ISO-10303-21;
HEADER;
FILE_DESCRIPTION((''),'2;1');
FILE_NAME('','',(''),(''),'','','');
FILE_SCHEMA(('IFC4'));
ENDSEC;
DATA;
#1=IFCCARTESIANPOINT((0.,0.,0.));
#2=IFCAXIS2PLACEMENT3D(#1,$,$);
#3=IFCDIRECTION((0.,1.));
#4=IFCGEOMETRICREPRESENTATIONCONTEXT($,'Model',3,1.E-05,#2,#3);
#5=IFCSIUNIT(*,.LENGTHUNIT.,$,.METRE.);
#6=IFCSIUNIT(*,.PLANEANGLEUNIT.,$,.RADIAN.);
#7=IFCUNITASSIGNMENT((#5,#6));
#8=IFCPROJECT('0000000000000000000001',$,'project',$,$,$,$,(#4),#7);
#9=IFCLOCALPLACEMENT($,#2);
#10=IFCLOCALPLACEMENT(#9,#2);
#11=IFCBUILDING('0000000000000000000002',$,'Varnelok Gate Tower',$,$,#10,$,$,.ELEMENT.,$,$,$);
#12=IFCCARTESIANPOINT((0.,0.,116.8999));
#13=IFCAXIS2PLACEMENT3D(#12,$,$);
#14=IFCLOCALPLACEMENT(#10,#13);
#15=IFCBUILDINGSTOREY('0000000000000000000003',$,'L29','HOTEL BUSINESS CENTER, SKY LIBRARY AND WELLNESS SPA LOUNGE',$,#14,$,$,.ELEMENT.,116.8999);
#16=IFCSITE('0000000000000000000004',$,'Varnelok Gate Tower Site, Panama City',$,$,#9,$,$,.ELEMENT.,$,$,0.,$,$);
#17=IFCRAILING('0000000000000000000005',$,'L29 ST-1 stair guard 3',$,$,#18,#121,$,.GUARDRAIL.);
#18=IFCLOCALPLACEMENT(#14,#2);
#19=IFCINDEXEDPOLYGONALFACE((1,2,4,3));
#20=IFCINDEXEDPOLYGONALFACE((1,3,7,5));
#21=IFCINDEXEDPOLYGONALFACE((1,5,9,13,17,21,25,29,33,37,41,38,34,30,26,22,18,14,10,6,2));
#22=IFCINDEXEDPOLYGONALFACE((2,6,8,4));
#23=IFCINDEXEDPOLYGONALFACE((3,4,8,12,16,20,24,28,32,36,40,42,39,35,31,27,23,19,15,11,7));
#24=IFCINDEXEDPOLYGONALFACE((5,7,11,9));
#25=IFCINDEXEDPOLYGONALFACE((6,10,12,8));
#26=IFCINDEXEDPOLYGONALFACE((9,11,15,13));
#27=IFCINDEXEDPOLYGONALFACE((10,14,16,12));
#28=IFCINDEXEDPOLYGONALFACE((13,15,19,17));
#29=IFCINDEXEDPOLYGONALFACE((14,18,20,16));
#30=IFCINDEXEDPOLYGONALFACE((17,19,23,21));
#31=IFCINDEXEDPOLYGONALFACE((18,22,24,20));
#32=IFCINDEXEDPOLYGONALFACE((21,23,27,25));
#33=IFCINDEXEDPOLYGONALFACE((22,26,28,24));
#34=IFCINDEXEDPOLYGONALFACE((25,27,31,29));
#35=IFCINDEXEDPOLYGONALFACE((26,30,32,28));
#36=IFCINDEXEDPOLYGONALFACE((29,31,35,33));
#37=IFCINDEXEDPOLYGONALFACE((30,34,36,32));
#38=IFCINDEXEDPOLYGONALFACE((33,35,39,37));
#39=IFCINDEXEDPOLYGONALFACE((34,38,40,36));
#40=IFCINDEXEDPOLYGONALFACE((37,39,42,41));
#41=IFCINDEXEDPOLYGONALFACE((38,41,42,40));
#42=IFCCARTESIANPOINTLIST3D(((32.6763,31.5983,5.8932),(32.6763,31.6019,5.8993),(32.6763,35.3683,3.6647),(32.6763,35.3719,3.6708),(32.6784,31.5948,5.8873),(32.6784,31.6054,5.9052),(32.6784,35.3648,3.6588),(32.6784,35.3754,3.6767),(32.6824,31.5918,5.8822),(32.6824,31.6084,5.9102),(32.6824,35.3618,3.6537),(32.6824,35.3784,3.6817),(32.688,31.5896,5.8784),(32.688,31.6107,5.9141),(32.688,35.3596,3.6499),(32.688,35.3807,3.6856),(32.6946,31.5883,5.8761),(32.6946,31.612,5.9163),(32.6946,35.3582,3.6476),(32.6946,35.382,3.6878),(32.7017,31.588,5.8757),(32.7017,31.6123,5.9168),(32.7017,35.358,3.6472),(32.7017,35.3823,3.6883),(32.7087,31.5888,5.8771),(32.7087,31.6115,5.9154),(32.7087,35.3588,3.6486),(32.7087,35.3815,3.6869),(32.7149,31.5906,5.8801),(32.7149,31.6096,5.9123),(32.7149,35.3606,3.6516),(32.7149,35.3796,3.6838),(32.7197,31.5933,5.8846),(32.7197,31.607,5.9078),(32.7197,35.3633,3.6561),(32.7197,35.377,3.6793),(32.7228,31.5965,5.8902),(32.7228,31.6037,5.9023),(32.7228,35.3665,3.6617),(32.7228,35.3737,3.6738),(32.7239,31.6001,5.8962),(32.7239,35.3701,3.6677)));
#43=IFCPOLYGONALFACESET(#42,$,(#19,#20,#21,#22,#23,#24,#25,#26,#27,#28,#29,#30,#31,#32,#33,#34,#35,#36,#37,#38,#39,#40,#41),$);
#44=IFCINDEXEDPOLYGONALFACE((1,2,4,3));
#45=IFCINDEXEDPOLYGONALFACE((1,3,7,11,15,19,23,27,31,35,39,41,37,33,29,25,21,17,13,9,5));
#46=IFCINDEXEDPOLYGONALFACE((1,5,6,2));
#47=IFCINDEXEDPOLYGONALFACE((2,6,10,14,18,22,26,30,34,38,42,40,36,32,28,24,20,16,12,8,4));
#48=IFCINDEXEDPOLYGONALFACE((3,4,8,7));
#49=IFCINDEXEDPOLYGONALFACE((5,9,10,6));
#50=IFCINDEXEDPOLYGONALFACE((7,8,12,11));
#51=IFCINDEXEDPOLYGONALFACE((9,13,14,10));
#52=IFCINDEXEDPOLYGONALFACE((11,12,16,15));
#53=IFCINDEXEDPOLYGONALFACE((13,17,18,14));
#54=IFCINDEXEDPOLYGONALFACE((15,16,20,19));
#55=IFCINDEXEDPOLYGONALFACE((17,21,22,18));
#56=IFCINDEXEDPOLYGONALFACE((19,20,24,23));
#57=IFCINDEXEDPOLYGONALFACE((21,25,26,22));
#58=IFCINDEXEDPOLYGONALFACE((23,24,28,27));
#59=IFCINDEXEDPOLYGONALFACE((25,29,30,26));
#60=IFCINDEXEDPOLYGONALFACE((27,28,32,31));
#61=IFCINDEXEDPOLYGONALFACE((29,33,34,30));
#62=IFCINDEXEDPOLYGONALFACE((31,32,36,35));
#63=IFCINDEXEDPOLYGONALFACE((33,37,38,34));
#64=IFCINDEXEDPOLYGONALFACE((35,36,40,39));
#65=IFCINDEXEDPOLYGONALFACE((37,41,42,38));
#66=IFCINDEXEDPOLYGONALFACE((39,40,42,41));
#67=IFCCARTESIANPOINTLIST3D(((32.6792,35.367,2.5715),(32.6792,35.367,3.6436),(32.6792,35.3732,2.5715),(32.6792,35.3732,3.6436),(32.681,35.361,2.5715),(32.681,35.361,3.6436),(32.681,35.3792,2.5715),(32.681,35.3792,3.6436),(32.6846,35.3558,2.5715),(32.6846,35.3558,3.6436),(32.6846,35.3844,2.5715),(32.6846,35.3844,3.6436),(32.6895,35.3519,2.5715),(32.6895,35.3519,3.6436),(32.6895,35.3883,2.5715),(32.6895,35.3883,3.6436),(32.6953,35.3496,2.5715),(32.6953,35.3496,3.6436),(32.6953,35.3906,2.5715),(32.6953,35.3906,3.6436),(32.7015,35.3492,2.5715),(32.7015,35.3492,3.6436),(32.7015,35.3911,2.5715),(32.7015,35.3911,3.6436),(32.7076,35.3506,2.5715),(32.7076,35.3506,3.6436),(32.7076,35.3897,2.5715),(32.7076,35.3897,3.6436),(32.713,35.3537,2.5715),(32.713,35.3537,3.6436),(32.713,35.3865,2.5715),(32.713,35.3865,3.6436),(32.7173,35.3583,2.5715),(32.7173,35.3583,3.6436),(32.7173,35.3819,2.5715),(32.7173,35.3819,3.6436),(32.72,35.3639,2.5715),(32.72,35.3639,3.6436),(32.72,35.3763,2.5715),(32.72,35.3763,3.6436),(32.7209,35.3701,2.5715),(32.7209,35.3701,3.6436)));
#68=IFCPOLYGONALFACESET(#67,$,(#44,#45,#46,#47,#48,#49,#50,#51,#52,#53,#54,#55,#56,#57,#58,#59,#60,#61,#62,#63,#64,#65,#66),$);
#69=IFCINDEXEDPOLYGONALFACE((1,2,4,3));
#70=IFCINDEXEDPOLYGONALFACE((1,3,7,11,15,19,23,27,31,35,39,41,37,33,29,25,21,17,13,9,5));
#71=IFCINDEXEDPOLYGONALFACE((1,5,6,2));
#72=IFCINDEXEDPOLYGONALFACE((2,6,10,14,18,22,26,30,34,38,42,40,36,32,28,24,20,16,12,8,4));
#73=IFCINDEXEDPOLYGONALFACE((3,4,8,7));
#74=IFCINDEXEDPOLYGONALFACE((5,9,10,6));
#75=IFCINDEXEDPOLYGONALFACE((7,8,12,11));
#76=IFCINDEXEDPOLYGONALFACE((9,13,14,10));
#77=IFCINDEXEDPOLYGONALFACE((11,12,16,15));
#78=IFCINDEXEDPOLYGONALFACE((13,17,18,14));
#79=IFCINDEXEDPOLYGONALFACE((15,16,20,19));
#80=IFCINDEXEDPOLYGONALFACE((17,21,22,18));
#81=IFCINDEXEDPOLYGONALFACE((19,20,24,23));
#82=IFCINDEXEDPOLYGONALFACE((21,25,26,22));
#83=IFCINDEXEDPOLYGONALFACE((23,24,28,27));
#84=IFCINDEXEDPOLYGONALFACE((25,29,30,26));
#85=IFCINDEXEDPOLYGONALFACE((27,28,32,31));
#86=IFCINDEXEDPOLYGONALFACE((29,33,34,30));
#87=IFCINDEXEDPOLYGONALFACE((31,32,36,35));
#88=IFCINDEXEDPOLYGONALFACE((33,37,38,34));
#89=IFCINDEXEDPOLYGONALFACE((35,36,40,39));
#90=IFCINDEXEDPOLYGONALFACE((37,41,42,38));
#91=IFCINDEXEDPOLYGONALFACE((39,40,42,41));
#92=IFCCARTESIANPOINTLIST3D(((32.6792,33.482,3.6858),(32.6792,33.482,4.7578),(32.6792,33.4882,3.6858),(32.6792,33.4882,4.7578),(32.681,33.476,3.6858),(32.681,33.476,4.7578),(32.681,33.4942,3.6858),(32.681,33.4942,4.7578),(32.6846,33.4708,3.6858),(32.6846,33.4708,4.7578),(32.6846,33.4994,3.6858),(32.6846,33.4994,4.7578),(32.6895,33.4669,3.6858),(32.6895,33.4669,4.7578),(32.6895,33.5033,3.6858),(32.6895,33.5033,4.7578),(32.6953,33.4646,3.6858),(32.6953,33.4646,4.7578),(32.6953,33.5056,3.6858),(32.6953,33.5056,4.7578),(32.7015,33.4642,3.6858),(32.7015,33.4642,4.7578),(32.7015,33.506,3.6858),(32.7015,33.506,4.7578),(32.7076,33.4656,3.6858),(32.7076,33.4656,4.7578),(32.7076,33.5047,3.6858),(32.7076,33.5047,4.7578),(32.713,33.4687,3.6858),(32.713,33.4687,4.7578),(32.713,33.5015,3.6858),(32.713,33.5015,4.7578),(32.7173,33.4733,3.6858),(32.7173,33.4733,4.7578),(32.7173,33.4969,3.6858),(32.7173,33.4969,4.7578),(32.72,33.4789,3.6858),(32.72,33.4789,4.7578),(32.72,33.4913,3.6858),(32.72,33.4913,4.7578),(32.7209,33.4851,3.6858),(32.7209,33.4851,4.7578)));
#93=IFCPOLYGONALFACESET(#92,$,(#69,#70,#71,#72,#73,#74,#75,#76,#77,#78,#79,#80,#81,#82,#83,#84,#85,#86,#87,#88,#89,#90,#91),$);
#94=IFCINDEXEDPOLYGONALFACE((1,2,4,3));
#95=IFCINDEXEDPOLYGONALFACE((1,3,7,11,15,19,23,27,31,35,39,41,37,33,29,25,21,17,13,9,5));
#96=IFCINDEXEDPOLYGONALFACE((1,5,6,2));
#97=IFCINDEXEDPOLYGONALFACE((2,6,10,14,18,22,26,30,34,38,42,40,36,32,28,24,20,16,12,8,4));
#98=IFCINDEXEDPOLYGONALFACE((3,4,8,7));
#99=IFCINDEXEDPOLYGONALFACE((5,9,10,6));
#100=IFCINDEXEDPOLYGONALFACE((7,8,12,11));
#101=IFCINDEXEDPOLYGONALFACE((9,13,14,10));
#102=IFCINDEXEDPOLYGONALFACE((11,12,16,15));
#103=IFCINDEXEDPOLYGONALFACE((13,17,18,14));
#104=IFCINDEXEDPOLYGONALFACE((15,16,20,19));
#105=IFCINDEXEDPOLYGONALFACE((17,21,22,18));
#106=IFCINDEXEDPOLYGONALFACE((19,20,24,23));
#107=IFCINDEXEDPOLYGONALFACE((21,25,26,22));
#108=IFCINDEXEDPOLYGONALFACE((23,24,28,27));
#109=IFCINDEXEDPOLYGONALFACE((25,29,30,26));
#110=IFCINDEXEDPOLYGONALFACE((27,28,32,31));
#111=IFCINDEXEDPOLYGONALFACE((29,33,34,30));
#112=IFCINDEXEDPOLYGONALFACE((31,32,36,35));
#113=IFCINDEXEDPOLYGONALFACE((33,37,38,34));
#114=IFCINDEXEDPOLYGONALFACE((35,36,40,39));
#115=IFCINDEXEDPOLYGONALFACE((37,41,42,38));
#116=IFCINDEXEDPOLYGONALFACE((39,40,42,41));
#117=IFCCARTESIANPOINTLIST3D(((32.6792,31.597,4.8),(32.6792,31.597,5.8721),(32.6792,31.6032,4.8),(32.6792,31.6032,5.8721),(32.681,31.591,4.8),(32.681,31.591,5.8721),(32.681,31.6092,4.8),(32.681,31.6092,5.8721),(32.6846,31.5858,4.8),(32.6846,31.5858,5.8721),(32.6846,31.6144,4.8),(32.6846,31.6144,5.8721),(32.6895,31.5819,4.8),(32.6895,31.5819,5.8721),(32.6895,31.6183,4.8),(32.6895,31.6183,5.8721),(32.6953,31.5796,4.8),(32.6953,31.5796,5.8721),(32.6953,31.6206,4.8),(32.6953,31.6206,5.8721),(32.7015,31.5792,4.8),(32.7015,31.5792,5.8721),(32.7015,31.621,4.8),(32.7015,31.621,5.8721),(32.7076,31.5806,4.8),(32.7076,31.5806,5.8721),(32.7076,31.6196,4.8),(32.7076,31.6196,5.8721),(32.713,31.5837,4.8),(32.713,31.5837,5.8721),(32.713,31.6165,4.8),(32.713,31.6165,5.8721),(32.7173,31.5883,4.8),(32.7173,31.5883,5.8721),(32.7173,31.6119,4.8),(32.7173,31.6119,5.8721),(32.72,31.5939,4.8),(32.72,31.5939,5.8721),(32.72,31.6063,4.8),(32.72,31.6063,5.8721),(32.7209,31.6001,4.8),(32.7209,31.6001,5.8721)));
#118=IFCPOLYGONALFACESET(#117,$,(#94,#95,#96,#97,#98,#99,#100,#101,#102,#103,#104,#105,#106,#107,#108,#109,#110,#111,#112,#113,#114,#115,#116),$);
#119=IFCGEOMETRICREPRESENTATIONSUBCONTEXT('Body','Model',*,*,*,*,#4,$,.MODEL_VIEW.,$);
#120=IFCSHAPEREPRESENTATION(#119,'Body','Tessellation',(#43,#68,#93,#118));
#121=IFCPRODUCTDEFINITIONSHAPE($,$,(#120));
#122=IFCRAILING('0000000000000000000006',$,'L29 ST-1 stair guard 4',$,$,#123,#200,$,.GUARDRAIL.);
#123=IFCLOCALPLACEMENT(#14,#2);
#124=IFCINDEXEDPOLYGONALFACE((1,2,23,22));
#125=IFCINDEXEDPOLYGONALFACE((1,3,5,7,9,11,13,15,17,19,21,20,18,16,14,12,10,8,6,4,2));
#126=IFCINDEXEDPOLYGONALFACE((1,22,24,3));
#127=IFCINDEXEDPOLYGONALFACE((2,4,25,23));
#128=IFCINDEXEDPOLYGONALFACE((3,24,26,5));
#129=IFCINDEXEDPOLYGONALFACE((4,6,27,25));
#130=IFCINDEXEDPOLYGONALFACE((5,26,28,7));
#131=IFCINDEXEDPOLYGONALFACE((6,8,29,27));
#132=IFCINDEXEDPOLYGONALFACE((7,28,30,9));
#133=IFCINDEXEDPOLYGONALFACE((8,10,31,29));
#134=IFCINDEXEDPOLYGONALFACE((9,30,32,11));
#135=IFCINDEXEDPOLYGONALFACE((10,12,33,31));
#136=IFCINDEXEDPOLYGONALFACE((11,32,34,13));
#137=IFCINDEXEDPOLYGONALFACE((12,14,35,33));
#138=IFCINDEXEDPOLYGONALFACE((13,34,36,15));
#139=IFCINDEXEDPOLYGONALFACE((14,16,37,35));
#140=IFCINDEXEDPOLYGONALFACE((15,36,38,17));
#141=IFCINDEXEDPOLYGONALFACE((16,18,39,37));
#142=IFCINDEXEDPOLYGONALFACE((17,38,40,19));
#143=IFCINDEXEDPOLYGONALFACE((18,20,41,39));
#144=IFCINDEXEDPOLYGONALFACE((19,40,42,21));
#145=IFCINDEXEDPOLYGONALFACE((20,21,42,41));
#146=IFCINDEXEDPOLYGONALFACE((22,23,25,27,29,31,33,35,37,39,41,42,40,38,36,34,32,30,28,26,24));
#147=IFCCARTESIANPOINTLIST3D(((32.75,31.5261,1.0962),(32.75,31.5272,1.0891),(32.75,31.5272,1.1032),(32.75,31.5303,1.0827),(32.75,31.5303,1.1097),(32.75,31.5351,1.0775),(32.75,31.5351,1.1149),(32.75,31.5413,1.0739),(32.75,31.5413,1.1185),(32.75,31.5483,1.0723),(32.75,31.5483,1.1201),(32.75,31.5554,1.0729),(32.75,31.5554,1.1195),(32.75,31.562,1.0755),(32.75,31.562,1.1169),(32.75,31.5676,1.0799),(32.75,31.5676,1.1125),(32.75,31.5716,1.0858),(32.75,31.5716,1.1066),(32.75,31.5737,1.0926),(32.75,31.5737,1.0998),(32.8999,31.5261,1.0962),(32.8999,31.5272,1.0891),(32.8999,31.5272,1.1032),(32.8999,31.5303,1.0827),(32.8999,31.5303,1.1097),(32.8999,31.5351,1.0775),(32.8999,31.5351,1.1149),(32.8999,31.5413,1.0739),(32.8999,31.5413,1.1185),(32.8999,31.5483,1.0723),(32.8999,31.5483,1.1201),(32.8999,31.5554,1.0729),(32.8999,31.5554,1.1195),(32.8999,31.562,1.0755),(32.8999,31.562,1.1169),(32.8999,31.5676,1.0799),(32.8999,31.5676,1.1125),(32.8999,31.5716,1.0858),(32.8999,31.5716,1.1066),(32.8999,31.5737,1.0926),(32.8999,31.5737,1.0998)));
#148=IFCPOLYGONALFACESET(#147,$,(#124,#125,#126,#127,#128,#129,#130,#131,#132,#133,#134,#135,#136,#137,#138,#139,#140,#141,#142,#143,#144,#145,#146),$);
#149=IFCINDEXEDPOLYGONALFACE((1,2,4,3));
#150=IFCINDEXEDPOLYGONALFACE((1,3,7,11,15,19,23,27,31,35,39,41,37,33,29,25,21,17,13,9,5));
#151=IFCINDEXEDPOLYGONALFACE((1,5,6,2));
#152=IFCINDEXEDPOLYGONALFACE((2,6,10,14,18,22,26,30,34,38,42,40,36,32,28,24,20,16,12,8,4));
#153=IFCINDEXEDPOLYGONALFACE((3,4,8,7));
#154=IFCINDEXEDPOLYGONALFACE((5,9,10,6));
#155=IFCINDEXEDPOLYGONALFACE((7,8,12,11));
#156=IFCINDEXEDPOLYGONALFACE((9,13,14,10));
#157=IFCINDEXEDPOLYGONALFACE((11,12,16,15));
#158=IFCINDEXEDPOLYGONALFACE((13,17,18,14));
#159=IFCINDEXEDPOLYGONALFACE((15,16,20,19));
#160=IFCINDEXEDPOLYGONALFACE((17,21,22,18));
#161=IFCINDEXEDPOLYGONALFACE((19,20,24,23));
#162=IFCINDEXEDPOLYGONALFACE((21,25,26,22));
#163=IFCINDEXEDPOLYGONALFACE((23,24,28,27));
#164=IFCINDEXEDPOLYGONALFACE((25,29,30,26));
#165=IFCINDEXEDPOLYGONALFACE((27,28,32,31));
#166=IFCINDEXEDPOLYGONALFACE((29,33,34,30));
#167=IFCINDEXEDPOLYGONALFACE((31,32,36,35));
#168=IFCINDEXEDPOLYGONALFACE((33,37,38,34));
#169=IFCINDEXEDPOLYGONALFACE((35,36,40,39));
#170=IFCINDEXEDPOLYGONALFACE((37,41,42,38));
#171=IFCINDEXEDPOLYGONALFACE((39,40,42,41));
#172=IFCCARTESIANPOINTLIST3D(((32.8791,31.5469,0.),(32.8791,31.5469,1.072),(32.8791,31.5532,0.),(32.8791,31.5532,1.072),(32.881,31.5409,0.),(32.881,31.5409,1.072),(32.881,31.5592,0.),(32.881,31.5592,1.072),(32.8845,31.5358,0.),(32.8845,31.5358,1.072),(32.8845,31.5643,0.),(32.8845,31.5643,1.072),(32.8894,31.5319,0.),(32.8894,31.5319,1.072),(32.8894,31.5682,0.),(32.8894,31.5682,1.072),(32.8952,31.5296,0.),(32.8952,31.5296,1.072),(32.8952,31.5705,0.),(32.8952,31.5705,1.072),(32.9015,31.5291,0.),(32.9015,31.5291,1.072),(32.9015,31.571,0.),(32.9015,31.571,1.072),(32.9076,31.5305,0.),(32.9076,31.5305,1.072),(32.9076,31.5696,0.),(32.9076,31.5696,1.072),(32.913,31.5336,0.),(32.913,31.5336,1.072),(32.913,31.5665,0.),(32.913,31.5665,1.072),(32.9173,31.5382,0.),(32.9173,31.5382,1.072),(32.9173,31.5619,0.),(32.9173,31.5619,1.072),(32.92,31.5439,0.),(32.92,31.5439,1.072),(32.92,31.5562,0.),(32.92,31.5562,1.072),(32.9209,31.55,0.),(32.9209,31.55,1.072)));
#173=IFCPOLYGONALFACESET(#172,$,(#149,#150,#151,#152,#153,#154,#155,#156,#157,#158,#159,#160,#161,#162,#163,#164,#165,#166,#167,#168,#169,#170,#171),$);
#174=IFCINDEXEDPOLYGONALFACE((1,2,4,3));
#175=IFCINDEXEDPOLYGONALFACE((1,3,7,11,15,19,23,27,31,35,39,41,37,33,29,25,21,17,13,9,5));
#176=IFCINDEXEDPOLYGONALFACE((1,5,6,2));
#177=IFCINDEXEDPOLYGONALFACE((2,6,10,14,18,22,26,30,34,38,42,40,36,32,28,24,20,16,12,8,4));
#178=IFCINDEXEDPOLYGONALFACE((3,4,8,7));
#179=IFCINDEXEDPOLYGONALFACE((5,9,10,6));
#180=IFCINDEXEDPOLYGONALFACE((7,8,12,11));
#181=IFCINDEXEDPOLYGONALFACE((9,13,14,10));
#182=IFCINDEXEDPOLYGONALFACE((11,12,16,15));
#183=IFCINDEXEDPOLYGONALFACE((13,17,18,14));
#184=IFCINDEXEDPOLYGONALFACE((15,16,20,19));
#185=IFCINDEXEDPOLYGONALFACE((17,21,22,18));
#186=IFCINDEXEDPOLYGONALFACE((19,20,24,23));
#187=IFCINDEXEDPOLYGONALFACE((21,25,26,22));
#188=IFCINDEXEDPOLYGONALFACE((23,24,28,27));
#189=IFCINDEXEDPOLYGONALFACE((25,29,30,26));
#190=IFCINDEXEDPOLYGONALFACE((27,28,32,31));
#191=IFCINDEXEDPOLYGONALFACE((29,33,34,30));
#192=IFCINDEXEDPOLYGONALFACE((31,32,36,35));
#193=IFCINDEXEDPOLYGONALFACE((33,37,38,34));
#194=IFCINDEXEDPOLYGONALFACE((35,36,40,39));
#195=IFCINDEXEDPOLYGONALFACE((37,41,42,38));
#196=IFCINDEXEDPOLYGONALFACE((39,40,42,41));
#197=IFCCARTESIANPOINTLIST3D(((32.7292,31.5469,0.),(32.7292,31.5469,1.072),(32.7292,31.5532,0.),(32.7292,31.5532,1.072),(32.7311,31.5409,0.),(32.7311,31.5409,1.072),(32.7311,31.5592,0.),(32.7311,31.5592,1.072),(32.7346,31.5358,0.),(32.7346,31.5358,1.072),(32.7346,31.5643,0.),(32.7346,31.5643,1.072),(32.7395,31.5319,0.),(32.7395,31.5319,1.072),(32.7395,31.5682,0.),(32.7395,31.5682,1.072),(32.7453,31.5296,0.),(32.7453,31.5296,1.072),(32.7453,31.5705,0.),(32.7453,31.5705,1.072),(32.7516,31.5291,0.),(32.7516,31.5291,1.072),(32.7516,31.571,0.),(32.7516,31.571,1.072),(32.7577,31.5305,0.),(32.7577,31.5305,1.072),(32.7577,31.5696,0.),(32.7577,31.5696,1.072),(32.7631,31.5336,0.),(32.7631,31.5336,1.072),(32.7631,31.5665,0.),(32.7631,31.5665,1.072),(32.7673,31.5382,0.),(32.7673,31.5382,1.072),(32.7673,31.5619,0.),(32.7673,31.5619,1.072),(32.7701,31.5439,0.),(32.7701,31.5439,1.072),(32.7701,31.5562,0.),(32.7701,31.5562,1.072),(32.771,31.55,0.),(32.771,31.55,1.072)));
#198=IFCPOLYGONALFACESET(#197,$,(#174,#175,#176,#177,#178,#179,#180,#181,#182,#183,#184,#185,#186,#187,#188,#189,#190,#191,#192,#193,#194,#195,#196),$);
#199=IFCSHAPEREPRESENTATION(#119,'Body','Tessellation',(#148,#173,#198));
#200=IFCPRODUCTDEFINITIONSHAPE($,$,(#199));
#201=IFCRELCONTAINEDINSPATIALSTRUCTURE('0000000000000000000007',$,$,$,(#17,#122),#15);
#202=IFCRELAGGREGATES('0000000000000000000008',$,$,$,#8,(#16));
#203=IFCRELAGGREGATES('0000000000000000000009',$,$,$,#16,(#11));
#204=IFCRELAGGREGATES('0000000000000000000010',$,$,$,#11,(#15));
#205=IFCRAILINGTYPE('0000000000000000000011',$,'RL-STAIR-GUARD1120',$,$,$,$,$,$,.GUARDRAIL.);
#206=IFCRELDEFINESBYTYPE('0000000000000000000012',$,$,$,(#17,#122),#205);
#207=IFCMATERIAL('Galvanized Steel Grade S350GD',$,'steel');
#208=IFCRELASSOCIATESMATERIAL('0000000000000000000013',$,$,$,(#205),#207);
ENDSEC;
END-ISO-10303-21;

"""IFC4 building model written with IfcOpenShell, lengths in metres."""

from ifc_helpers import new_model, si_unit, direction, frame, origin, origin_2d, place, context, subcontext, project, spatial, circle, extrude, material, type_object, element, save


model = new_model("IFC4")

# Units and contexts
model_context = context("Model", 3, precision=1e-05, world=origin(), true_north=direction((0.0, 1.0)))
body_context = subcontext(model_context, "Body", "Model", "MODEL_VIEW")
ifc_project = project(units=[si_unit("LENGTHUNIT", "METRE"), si_unit("PLANEANGLEUNIT", "RADIAN")], contexts=[model_context])

# Site, building, storey
site_placement = place(None, origin())
site = spatial("IfcSite", under=ifc_project, at=site_placement, Name="Varnelok Gate Tower Site, Panama City", CompositionType="ELEMENT", RefElevation=0.0)
building_placement = place(site_placement, origin())
building = spatial("IfcBuilding", under=site, at=building_placement, Name="Varnelok Gate Tower", CompositionType="ELEMENT")
storey_placement = place(building_placement, frame((0.0, 0.0, 116.8999)))
storey = spatial("IfcBuildingStorey", under=building, at=storey_placement, Name="L29", Description="HOTEL BUSINESS CENTER, SKY LIBRARY AND WELLNESS SPA LOUNGE", CompositionType="ELEMENT", Elevation=116.8999)

# Shared definitions
ifc_material_1 = material(Name="Galvanized Steel Grade S350GD", Category="steel")

# Railings
railing_type_1 = type_object("IfcRailingType", Name="RL-STAIR-GUARD1120", PredefinedType="GUARDRAIL", material=ifc_material_1)
railing_1_placement = place(storey_placement, frame((32.7, 35.3701, 2.5715)))
element("IfcRailing", 1, at=railing_1_placement, inside=storey, type_object=railing_type_1, Name="L29 ST-1 stair guard 3", PredefinedType="GUARDRAIL", context=body_context, shape_type="SweptSolid", body=[
    extrude(circle(Radius=0.0239, at=origin_2d()), frame((0.0, 0.0, 1.0962), z_axis=(0.0, -0.860849, 0.508861), x_axis=(1.0, 0.0, 0.0)), (0.0, 0.0, 1.0), 4.3794),
    extrude(circle(Radius=0.021, at=origin_2d()), origin(), (0.0, 0.0, 1.0), 1.072),
    extrude(circle(Radius=0.021, at=origin_2d()), frame((0.0, -1.885, 1.1143)), (0.0, 0.0, 1.0), 1.072),
    extrude(circle(Radius=0.021, at=origin_2d()), frame((0.0, -3.77, 2.2285)), (0.0, 0.0, 1.0), 1.072),
])
railing_2_placement = place(storey_placement, frame((32.8999, 31.55, 0.0)))
element("IfcRailing", 2, at=railing_2_placement, inside=storey, type_object=railing_type_1, Name="L29 ST-1 stair guard 4", PredefinedType="GUARDRAIL", context=body_context, shape_type="SweptSolid", body=[
    extrude(circle(Radius=0.0239, at=origin_2d()), frame((0.0, 0.0, 1.0962), z_axis=(-1.0, 0.0, 0.0), x_axis=(0.0, -1.0, 0.0)), (0.0, 0.0, 1.0), 0.1499),
    extrude(circle(Radius=0.021, at=origin_2d()), origin(), (0.0, 0.0, 1.0), 1.072),
    extrude(circle(Radius=0.021, at=origin_2d()), frame((-0.1499, 0.0, 0.0)), (0.0, 0.0, 1.0), 1.072),
])

save(model, "model.ifc")
